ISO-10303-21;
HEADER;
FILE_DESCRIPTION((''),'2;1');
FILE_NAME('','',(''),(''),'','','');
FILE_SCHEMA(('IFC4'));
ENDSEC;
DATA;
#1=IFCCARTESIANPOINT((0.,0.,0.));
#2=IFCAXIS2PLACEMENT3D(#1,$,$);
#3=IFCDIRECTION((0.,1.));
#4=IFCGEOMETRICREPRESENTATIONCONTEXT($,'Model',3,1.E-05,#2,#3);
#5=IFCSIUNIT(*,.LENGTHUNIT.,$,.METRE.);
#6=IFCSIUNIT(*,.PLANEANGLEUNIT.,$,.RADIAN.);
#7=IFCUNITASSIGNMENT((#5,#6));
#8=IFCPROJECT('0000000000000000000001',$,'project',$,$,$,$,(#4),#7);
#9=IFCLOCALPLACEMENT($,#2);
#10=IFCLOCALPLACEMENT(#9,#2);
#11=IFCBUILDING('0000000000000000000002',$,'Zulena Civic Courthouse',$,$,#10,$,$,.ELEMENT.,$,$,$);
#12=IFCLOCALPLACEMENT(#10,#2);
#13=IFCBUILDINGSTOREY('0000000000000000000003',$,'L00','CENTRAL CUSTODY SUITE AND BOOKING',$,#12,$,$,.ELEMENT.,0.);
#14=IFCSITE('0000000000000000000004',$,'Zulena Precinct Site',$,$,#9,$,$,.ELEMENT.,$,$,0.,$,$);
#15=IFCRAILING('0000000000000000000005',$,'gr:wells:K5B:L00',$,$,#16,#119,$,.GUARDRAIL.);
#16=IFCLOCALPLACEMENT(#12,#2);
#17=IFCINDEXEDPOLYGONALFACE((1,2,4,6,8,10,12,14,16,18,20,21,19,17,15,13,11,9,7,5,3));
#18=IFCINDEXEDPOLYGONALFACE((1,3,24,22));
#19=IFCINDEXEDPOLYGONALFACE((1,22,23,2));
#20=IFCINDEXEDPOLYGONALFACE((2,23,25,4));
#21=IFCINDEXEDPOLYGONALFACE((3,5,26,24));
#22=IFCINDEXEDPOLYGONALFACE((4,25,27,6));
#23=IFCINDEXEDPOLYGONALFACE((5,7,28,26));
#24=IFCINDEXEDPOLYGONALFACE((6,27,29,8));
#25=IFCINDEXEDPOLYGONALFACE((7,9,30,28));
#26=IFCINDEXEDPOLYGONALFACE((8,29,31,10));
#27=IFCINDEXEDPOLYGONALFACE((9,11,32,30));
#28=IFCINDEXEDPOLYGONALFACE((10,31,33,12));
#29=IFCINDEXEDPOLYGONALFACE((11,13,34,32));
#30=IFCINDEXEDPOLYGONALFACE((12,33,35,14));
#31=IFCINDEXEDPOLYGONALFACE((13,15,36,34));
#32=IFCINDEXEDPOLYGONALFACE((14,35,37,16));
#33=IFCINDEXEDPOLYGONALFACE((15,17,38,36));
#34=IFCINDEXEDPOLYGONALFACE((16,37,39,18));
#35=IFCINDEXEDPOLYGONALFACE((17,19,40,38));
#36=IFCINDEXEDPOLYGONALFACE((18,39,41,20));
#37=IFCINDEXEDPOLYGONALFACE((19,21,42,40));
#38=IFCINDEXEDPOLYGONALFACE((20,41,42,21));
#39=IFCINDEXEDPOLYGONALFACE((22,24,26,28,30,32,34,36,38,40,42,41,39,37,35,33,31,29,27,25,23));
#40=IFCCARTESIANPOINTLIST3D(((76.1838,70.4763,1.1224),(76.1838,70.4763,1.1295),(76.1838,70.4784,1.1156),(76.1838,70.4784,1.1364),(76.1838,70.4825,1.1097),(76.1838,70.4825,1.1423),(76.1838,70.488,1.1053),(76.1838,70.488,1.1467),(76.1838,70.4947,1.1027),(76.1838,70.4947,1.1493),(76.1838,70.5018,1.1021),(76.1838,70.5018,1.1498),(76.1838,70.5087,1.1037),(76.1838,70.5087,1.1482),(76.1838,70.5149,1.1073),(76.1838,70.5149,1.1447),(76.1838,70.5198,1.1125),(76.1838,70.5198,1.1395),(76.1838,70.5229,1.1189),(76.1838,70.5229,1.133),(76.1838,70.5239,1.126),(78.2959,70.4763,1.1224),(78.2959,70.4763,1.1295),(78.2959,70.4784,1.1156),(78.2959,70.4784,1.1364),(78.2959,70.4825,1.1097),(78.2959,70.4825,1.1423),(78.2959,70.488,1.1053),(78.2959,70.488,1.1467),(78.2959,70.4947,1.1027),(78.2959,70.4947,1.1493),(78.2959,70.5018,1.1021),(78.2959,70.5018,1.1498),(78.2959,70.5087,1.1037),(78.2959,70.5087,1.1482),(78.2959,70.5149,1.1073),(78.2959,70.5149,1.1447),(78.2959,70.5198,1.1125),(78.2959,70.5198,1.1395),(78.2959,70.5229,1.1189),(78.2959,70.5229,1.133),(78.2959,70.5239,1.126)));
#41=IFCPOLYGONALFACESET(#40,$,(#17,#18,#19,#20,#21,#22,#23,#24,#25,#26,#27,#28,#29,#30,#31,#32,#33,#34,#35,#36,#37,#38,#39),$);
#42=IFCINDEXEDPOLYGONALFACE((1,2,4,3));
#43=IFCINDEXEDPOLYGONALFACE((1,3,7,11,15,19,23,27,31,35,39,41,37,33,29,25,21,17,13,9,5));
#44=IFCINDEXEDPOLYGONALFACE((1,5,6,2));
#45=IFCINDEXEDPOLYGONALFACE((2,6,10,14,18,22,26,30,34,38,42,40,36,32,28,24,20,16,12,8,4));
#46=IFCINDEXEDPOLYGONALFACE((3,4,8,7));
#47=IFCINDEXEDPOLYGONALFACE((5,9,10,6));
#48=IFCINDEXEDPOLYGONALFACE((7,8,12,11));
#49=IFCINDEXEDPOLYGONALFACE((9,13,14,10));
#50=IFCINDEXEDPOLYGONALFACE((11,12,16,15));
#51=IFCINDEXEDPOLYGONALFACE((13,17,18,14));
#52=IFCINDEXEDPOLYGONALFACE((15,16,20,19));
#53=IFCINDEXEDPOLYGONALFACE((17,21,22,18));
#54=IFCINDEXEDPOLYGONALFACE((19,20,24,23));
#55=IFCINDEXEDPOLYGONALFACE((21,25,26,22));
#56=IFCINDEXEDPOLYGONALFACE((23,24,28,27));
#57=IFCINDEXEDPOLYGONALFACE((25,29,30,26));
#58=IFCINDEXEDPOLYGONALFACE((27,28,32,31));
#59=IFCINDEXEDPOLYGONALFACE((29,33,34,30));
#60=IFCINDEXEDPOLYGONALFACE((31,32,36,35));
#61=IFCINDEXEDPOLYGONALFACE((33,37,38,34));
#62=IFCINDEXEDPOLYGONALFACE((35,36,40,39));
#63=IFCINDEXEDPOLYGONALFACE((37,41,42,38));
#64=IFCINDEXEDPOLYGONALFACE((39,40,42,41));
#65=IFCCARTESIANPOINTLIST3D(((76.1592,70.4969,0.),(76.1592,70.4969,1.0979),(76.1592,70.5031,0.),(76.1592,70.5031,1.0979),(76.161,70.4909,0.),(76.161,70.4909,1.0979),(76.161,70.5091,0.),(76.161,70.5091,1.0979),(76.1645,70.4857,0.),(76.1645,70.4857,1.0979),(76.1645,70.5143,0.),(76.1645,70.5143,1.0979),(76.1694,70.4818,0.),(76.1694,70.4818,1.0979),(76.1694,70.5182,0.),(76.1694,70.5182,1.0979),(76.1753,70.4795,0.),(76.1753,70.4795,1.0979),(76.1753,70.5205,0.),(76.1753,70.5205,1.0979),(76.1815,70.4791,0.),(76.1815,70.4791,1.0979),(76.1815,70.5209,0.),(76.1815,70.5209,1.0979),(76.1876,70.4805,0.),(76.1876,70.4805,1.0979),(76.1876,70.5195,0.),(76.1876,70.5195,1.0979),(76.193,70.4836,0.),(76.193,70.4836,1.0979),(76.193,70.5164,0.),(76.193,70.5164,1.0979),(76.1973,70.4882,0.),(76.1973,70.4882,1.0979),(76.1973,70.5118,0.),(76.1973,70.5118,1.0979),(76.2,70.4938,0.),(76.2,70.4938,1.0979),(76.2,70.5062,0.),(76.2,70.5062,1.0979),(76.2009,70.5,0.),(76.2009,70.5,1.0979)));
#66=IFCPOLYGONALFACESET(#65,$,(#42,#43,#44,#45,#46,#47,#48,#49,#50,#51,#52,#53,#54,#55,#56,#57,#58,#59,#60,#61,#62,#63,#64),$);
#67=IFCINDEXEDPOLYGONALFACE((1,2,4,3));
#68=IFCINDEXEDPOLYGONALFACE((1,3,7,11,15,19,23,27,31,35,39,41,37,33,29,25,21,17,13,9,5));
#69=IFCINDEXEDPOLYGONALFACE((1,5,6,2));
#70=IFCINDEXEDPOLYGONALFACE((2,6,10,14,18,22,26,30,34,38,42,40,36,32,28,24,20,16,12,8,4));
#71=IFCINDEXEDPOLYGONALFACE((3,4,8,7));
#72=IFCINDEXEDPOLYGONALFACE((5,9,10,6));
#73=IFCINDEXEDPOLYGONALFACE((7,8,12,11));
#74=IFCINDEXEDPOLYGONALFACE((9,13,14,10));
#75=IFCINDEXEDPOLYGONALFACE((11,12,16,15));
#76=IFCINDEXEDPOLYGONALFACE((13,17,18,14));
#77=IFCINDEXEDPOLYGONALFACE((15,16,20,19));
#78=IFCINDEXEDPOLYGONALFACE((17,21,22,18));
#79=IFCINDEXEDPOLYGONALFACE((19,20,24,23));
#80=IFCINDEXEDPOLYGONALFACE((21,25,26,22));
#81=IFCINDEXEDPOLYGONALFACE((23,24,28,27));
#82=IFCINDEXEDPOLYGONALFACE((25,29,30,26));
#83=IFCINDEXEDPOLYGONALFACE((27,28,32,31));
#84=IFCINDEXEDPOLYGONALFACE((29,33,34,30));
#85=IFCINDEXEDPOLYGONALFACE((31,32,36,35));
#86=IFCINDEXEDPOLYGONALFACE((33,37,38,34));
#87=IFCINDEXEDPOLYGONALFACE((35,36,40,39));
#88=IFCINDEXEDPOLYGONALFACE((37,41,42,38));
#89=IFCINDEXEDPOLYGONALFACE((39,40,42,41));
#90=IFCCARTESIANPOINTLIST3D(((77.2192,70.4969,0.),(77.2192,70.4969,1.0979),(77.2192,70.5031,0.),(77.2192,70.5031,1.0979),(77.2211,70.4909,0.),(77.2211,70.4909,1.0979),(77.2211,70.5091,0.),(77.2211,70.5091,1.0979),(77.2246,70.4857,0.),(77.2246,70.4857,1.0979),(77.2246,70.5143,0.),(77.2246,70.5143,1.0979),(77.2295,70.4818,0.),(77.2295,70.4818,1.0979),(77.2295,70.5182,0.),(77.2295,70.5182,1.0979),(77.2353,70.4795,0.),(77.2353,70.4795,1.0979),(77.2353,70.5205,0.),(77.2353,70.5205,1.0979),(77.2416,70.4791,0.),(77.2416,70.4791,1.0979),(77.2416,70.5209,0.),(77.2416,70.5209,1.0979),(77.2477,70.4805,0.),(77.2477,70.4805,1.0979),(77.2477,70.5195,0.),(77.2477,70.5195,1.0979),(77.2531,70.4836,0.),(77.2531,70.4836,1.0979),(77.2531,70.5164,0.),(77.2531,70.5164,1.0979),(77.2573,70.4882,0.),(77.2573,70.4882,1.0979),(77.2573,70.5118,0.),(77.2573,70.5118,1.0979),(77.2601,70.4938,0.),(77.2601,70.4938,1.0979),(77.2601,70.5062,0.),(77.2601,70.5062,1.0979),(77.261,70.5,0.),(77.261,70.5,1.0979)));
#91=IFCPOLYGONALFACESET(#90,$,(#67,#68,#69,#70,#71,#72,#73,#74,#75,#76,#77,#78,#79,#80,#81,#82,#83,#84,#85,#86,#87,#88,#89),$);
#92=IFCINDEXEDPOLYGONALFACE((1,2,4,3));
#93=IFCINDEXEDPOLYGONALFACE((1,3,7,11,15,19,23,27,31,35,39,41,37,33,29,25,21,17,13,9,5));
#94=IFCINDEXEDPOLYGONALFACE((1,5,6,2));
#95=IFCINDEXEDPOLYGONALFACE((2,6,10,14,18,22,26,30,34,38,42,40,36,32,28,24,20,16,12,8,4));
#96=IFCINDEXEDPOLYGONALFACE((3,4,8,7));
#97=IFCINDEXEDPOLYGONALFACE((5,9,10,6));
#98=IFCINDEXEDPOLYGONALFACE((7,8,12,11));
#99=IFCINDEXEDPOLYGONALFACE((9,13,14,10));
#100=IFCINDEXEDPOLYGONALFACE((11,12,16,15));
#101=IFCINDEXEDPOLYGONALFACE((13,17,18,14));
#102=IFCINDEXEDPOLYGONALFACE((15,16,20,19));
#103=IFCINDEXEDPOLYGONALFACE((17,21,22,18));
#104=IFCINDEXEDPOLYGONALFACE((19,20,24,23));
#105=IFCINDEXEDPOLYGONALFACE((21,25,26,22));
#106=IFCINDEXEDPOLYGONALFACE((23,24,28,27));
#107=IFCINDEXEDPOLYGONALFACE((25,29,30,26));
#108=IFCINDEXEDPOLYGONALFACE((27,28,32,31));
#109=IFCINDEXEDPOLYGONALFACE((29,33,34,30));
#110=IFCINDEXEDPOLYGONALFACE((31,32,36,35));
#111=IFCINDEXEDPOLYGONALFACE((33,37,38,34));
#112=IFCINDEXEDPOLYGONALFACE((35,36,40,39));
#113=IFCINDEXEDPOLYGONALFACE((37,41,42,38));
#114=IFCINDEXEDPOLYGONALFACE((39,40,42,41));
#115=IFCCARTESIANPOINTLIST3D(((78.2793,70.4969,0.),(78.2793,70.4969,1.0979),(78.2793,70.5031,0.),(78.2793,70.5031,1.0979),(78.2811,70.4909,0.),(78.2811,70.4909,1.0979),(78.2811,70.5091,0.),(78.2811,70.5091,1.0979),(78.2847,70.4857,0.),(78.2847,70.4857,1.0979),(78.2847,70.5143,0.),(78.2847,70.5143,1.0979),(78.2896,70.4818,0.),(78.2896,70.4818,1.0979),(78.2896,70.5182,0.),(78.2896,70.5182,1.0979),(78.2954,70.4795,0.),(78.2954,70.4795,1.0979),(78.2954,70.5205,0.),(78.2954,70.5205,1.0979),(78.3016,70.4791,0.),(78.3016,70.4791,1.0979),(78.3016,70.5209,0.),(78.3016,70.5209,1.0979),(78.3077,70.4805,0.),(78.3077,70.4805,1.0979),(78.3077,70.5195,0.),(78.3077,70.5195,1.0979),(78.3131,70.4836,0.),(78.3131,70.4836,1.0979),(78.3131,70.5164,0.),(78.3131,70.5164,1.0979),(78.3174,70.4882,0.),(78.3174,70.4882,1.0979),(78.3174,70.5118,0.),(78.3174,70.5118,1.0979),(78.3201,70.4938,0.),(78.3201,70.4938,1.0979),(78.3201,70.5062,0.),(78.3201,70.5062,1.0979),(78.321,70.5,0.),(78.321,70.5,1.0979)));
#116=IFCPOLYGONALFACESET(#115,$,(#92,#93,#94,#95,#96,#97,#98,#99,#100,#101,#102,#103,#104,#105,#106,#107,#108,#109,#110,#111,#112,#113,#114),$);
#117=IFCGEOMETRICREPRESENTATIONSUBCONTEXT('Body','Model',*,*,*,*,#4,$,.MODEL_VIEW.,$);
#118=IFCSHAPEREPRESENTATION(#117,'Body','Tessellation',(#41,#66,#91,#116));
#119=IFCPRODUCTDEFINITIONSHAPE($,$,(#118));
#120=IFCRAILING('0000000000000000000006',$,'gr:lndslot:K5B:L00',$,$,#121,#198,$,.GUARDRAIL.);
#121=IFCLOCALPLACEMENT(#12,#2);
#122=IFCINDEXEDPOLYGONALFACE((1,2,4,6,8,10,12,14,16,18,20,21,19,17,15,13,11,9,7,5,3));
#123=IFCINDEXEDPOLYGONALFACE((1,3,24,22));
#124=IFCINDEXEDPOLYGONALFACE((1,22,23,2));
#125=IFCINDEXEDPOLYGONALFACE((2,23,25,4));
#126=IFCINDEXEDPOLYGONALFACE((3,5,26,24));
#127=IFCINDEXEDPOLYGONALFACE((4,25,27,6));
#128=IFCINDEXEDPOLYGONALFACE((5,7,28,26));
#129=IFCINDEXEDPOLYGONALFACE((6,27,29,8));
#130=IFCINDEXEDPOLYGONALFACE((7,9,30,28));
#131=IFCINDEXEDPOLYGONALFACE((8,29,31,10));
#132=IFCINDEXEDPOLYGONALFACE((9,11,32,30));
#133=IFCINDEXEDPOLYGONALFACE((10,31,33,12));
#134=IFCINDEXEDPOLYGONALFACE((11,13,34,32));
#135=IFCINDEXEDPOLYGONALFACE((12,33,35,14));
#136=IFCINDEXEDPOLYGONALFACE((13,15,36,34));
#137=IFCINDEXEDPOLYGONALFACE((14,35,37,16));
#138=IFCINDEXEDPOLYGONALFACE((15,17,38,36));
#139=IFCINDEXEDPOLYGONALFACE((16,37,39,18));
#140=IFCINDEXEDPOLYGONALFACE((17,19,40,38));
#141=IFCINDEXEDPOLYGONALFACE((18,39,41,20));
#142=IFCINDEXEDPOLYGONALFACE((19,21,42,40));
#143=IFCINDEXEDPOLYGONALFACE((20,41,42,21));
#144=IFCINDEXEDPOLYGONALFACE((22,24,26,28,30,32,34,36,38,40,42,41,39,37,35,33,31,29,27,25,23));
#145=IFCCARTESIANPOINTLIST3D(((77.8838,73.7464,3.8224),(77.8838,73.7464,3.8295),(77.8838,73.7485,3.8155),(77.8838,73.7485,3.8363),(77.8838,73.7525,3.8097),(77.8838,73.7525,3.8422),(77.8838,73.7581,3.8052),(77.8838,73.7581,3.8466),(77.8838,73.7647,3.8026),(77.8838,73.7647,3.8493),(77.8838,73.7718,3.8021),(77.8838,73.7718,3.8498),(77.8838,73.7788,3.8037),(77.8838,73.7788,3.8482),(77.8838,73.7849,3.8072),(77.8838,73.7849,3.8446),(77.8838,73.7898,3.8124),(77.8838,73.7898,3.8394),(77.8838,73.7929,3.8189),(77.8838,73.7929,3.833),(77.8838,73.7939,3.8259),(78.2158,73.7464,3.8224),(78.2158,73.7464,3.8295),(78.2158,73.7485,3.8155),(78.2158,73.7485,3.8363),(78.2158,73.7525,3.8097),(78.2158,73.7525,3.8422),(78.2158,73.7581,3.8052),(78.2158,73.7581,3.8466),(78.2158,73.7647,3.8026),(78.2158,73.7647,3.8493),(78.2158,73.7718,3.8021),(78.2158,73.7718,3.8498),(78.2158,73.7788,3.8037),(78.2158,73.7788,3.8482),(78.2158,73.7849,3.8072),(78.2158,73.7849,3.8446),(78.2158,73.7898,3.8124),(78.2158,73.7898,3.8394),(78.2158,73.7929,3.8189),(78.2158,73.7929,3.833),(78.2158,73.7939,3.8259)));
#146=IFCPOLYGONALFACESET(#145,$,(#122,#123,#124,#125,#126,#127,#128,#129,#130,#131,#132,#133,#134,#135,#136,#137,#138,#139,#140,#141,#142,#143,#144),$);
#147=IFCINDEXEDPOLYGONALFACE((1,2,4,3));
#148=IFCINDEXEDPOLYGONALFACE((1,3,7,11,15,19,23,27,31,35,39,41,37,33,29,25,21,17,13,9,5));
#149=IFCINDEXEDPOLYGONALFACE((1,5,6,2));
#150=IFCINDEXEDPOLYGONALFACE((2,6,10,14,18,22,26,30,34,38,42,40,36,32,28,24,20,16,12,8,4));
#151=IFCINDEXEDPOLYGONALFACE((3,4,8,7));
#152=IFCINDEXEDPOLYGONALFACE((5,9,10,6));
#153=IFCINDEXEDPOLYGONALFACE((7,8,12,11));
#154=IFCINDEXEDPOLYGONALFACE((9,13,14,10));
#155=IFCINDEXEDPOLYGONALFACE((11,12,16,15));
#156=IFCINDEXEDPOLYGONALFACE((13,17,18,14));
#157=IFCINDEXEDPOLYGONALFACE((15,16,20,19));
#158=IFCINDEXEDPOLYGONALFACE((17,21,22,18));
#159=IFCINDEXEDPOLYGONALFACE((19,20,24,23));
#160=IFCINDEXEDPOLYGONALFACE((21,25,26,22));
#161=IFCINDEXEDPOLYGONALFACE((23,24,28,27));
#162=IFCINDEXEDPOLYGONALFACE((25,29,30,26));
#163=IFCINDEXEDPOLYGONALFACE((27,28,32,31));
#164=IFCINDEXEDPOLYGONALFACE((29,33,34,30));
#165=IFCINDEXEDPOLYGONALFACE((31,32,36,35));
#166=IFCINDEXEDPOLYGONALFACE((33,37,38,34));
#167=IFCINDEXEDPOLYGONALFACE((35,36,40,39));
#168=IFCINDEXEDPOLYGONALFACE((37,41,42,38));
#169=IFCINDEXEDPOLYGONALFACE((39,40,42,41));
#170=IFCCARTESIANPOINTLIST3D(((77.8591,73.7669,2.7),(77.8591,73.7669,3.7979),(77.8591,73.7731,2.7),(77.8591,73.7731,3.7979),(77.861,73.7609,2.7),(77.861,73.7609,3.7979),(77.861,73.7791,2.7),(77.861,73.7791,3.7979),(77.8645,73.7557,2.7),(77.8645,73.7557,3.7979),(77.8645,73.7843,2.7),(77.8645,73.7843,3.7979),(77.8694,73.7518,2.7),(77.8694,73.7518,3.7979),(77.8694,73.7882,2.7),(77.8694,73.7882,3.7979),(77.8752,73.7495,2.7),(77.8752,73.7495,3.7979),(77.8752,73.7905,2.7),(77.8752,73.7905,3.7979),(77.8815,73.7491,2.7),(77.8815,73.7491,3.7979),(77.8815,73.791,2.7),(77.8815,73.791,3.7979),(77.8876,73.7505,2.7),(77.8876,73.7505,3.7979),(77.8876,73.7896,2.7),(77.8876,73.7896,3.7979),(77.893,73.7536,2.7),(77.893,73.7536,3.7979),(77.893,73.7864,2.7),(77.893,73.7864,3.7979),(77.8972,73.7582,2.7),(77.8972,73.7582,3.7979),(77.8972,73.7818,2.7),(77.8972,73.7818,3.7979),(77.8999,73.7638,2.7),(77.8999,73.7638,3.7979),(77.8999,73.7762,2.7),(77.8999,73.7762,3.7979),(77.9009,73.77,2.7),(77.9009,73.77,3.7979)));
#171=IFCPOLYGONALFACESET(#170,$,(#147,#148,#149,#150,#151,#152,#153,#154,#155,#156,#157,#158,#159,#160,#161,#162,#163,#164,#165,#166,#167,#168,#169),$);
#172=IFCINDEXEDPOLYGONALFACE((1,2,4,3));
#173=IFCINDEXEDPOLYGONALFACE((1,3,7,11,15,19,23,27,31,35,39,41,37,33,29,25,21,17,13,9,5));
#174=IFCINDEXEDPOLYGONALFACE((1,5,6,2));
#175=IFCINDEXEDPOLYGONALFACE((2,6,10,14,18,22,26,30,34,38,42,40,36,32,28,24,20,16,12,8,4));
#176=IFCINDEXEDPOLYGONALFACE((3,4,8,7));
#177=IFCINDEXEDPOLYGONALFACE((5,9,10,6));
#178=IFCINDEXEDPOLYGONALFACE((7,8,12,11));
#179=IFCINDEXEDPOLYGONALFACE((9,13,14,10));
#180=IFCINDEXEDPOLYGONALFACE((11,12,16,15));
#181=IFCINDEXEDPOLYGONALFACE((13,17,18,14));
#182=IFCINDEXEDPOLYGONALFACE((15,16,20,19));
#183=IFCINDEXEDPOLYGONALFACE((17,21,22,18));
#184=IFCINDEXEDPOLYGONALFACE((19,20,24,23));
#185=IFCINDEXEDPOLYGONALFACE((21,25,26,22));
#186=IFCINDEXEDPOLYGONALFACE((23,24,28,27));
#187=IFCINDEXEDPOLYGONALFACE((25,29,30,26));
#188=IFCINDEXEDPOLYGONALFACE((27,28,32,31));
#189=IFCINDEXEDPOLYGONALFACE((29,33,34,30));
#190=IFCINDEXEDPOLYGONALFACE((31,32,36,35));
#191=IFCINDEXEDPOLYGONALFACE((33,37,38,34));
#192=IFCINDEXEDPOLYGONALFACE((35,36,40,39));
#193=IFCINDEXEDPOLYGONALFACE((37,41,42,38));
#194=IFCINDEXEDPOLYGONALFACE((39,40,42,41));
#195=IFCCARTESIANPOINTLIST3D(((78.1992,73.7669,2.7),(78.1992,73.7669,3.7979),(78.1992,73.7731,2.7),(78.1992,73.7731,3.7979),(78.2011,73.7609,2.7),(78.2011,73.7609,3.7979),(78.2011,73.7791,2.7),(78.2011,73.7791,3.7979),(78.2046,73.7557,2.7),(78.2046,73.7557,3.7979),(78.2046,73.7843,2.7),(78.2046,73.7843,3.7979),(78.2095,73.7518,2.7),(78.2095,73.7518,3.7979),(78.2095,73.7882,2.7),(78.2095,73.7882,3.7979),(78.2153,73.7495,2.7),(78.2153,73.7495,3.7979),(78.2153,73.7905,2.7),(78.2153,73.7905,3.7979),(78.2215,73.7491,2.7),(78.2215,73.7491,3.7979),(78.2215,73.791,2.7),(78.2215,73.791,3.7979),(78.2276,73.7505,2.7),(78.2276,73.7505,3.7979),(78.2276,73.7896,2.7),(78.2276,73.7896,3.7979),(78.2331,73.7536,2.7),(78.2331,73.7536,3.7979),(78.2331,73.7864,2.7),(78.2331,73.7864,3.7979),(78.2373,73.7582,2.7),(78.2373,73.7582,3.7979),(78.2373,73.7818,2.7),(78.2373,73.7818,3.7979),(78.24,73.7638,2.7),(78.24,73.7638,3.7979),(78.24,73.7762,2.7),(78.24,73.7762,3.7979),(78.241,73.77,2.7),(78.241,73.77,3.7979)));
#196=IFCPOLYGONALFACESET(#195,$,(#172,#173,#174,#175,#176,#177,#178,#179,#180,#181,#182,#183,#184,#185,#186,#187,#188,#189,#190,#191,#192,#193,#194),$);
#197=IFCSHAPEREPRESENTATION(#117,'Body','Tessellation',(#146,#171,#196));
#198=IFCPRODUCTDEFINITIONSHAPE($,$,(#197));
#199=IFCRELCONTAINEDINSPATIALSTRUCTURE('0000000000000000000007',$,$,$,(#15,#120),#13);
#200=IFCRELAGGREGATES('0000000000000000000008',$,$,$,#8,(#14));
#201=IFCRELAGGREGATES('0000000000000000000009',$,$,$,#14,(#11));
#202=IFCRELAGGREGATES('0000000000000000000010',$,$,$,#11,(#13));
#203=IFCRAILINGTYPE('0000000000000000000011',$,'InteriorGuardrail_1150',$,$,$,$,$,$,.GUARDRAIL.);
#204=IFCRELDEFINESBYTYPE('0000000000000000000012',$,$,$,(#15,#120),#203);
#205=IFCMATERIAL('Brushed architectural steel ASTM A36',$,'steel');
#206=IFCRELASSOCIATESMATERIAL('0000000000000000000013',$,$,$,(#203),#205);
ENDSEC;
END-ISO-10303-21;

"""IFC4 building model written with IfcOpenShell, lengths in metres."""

from ifc_helpers import new_model, si_unit, direction, frame, origin, origin_2d, place, context, subcontext, project, spatial, circle, extrude, material, type_object, element, save


model = new_model("IFC4")

# Units and contexts
model_context = context("Model", 3, precision=1e-05, world=origin(), true_north=direction((0.0, 1.0)))
body_context = subcontext(model_context, "Body", "Model", "MODEL_VIEW")
ifc_project = project(units=[si_unit("LENGTHUNIT", "METRE"), si_unit("PLANEANGLEUNIT", "RADIAN")], contexts=[model_context])

# Site, building, storey
site_placement = place(None, origin())
site = spatial("IfcSite", under=ifc_project, at=site_placement, Name="Zulena Precinct Site", CompositionType="ELEMENT", RefElevation=0.0)
building_placement = place(site_placement, origin())
building = spatial("IfcBuilding", under=site, at=building_placement, Name="Zulena Civic Courthouse", CompositionType="ELEMENT")
storey_placement = place(building_placement, origin())
storey = spatial("IfcBuildingStorey", under=building, at=storey_placement, Name="L00", Description="CENTRAL CUSTODY SUITE AND BOOKING", CompositionType="ELEMENT", Elevation=0.0)

# Railings
ifc_material_1 = material(Name="Brushed architectural steel ASTM A36", Category="steel")
railing_type_1 = type_object("IfcRailingType", Name="InteriorGuardrail_1150", PredefinedType="GUARDRAIL", material=ifc_material_1)
railing_1_placement = place(storey_placement, frame((76.1799, 70.5, 0.0)))
element("IfcRailing", 1, at=railing_1_placement, inside=storey, type_object=railing_type_1, Name="gr:wells:K5B:L00", PredefinedType="GUARDRAIL", context=body_context, shape_type="SweptSolid", body=[
    extrude(circle(Radius=0.0239, at=origin_2d()), frame((0.0039, 0.0, 1.126), z_axis=(1.0, 0.0, 0.0), x_axis=(0.0, 1.0, 0.0)), (0.0, 0.0, 1.0), 2.1121),
    extrude(circle(Radius=0.021, at=origin_2d()), origin(), (0.0, 0.0, 1.0), 1.0979),
    extrude(circle(Radius=0.021, at=origin_2d()), frame((1.0601, 0.0, 0.0)), (0.0, 0.0, 1.0), 1.0979),
    extrude(circle(Radius=0.021, at=origin_2d()), frame((2.1201, 0.0, 0.0)), (0.0, 0.0, 1.0), 1.0979),
])
railing_2_placement = place(storey_placement, frame((77.8799, 73.77, 2.7)))
element("IfcRailing", 2, at=railing_2_placement, inside=storey, type_object=railing_type_1, Name="gr:lndslot:K5B:L00", PredefinedType="GUARDRAIL", context=body_context, shape_type="SweptSolid", body=[
    extrude(circle(Radius=0.0239, at=origin_2d()), frame((0.0039, 0.0, 1.126), z_axis=(1.0, 0.0, 0.0), x_axis=(0.0, 1.0, 0.0)), (0.0, 0.0, 1.0), 0.332),
    extrude(circle(Radius=0.021, at=origin_2d()), origin(), (0.0, 0.0, 1.0), 1.0979),
    extrude(circle(Radius=0.021, at=origin_2d()), frame((0.3401, 0.0, 0.0)), (0.0, 0.0, 1.0), 1.0979),
])

save(model, "model.ifc")
